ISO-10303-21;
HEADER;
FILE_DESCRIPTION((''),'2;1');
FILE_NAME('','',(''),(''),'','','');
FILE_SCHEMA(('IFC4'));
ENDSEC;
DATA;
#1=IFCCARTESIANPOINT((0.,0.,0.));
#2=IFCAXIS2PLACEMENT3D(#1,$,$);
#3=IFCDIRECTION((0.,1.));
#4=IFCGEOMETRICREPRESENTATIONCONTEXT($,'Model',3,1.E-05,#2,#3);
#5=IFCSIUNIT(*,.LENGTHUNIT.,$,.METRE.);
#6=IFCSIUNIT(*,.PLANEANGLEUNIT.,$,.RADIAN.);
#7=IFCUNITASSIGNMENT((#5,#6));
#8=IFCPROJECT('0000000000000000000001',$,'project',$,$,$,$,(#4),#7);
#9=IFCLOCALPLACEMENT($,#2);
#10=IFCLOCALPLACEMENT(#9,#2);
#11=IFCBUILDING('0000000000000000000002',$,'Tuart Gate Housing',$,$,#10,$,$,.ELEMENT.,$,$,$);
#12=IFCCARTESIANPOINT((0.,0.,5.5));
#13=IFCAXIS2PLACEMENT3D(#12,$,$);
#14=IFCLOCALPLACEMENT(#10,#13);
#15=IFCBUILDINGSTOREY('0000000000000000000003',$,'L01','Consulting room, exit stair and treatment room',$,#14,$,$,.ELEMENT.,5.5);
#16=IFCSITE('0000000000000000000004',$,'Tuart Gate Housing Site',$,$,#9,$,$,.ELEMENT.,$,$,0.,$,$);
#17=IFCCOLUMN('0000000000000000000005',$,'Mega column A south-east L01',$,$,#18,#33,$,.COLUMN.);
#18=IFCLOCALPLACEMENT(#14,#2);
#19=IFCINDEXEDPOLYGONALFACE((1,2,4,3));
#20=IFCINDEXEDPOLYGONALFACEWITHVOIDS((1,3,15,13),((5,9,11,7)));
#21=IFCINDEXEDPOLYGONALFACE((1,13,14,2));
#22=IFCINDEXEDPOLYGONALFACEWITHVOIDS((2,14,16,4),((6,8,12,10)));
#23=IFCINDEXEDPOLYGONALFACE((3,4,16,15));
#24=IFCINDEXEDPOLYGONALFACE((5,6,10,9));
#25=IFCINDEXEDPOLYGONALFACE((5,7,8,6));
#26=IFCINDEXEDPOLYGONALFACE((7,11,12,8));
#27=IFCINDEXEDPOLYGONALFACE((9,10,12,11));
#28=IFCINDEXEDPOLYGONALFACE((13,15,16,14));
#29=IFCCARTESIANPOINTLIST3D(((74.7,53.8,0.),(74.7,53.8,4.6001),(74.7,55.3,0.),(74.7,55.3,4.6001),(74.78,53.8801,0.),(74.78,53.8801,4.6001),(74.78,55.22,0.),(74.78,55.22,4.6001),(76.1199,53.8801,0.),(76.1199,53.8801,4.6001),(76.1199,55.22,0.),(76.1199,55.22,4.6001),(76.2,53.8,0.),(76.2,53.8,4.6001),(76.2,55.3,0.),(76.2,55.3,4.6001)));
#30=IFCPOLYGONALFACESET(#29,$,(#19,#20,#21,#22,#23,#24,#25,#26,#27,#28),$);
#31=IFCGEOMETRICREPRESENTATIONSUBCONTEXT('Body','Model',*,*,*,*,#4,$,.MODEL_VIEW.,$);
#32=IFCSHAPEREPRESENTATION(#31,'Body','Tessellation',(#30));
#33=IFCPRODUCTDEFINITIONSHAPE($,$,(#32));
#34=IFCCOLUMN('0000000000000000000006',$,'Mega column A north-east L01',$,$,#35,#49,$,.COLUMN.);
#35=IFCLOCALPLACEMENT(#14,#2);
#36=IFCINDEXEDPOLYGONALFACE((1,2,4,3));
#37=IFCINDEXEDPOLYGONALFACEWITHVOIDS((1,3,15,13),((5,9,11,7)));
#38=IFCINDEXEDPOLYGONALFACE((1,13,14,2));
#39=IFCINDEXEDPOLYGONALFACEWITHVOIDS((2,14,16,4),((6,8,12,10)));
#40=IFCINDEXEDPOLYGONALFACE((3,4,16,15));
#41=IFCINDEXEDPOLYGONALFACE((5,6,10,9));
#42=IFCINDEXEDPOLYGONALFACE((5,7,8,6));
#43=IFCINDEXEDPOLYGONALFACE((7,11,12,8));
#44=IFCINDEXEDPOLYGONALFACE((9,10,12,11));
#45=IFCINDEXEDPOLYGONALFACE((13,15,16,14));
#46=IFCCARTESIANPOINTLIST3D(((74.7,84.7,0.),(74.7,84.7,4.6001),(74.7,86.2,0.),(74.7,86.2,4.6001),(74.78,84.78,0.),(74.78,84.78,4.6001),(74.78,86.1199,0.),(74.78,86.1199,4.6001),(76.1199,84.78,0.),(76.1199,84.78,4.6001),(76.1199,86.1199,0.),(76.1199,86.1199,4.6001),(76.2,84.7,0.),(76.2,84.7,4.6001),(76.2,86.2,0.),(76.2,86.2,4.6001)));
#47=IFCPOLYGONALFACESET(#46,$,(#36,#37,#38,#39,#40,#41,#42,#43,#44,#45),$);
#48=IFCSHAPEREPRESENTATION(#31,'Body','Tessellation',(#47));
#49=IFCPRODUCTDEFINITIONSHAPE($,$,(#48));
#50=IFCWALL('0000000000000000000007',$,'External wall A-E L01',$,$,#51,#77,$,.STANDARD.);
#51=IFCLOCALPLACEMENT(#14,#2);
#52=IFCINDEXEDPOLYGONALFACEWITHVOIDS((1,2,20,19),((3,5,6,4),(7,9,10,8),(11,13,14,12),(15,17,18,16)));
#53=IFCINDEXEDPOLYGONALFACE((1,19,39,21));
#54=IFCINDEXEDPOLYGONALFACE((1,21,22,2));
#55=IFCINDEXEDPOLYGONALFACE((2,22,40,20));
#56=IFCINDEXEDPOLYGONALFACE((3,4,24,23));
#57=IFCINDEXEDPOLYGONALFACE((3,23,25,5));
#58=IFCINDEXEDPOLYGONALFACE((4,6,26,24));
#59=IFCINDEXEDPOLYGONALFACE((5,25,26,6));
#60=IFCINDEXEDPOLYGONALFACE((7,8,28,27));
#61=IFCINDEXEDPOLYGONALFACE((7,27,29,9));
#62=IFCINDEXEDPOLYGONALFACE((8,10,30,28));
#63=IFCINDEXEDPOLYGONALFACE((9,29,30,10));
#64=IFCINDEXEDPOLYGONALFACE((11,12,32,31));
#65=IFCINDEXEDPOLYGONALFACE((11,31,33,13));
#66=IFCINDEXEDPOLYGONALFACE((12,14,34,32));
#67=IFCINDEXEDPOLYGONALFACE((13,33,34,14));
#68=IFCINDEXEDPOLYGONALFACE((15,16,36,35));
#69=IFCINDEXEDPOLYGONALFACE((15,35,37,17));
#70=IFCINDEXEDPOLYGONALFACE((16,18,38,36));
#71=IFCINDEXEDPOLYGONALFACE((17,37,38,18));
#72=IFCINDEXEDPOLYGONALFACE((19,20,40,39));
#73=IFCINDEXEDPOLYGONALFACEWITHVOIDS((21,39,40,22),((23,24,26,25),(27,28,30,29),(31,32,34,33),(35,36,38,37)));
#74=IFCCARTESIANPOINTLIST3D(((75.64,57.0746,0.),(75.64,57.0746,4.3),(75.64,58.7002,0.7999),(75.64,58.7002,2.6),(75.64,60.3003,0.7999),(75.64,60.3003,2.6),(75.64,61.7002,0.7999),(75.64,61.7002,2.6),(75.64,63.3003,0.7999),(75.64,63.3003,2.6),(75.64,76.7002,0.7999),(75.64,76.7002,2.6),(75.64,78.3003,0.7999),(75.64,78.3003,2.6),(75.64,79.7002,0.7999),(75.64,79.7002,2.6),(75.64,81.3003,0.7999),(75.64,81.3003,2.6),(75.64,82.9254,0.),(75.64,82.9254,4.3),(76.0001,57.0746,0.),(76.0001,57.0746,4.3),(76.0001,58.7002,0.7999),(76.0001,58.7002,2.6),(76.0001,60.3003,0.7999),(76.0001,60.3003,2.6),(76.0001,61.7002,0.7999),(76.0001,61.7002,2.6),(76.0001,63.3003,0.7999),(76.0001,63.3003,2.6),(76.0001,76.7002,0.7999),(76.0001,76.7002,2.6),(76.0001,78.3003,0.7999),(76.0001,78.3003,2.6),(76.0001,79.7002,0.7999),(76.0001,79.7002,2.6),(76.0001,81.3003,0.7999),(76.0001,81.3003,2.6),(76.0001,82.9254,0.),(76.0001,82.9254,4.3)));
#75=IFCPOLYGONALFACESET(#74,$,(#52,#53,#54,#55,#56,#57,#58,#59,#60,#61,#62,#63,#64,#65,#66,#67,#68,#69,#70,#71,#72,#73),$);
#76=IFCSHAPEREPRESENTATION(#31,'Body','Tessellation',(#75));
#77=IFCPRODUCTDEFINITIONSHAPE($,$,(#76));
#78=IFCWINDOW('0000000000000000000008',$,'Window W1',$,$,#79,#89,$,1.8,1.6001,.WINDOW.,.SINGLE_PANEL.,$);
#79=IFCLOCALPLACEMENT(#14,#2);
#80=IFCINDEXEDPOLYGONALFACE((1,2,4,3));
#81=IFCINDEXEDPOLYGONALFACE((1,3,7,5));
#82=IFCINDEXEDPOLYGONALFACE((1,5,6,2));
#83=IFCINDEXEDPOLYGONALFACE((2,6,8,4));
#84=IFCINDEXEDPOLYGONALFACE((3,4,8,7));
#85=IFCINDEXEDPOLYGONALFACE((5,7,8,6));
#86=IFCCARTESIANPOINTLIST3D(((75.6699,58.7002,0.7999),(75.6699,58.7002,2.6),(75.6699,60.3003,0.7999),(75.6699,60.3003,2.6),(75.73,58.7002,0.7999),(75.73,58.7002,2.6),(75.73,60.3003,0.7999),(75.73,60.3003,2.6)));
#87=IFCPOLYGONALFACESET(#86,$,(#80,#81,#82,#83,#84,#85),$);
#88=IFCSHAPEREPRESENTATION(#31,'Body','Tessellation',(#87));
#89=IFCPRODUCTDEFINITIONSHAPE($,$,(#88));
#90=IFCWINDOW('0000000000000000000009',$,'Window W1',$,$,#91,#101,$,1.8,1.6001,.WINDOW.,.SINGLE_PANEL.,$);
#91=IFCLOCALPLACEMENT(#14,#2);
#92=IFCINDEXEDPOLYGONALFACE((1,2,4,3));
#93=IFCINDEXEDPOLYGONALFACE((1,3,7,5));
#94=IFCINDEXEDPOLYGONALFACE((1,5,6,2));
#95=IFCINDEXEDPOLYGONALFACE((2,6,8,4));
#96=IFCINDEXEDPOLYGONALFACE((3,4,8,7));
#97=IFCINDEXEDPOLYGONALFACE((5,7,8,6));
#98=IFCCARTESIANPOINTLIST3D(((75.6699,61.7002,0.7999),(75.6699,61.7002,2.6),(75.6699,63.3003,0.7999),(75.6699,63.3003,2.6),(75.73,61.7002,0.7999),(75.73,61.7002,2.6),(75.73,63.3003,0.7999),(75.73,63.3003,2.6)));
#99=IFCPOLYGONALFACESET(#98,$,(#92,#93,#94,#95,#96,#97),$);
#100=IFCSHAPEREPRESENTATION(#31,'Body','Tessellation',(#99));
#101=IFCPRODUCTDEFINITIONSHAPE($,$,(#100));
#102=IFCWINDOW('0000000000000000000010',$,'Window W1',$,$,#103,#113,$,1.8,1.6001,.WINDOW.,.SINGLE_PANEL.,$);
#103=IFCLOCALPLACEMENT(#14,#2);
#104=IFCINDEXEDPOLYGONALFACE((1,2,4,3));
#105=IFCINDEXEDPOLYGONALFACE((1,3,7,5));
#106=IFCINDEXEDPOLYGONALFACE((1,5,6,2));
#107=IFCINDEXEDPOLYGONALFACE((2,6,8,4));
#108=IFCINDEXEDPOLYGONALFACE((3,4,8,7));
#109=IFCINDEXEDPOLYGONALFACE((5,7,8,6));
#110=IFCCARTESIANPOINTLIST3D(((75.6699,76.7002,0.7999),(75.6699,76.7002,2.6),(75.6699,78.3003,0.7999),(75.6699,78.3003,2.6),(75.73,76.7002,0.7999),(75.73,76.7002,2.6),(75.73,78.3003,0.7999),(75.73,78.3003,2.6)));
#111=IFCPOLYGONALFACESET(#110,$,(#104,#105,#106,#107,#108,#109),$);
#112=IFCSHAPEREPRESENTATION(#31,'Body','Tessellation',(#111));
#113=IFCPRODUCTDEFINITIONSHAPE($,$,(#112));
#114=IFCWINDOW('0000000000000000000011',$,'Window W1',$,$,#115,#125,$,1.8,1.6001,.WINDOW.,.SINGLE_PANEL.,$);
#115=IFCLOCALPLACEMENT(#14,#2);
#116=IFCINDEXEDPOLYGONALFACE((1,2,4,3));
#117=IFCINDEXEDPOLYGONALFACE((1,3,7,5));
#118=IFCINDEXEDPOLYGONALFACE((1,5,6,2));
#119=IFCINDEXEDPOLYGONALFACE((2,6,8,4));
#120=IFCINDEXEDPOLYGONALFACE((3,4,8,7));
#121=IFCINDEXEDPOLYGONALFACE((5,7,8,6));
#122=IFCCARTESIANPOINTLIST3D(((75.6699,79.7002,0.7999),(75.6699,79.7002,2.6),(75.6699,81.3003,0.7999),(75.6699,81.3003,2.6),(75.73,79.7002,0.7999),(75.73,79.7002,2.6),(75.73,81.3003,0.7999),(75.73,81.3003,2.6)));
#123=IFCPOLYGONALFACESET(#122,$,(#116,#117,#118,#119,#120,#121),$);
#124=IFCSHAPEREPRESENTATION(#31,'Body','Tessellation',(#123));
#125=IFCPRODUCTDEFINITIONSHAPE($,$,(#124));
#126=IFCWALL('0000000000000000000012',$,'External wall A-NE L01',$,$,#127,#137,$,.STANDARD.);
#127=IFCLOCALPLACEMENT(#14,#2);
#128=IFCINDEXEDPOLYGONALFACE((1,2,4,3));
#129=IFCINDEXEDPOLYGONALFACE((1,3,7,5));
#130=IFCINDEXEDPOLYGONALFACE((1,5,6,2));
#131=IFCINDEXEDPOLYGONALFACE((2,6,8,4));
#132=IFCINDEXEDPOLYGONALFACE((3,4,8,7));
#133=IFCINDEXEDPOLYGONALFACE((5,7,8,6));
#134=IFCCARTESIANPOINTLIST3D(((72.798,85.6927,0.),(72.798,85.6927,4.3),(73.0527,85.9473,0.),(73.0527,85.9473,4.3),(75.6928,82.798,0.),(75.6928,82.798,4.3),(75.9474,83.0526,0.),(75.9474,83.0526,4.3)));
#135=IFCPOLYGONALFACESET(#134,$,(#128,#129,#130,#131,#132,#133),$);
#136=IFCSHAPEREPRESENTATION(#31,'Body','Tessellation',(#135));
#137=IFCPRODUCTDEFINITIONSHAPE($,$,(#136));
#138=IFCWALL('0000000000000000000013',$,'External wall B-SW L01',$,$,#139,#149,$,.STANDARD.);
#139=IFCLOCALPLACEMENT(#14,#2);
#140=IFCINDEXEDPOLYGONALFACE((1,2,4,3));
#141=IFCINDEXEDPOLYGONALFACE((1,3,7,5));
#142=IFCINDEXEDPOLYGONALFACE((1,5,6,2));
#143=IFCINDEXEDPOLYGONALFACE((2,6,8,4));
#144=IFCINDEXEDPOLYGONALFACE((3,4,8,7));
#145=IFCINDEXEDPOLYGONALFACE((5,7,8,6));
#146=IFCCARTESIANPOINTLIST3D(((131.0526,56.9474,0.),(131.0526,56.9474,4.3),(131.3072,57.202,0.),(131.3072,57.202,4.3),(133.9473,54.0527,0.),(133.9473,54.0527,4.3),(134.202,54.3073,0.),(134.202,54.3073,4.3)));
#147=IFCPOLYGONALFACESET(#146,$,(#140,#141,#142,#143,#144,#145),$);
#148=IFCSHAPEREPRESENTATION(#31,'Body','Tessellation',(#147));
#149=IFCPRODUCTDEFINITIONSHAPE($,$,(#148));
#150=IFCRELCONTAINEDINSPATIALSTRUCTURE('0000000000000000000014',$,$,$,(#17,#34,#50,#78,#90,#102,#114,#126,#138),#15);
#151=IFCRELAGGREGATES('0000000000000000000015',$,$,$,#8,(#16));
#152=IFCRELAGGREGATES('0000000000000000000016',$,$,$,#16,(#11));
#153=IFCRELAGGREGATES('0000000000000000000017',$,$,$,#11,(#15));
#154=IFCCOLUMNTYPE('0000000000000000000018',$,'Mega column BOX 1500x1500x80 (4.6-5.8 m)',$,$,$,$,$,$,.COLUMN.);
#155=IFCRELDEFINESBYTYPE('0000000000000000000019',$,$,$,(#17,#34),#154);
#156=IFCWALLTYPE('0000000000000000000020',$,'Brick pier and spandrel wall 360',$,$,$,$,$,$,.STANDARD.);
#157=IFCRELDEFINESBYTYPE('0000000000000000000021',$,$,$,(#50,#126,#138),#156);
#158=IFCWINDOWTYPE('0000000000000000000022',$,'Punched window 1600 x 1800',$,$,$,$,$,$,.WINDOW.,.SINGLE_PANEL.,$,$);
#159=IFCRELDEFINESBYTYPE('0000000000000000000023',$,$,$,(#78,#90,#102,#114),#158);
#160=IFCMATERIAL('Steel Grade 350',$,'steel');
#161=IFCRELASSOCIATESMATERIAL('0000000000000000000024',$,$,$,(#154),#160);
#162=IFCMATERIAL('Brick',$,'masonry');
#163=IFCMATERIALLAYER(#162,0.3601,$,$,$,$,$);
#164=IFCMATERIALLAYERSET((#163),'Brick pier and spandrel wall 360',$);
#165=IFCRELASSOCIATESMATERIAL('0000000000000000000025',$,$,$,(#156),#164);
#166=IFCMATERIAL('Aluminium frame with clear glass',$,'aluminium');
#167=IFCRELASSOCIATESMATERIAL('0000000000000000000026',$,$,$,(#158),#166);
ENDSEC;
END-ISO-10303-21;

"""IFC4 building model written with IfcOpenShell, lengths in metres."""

from ifc_helpers import new_model, si_unit, direction, frame, frame_2d, origin, origin_2d, place, context, subcontext, project, spatial, rectangle, hollow_rectangle, extrude, material, layer, layer_set, material_profile, profile_set, type_object, element, fill, save


model = new_model("IFC4")

# Units and contexts
model_context = context("Model", 3, precision=1e-05, world=origin(), true_north=direction((0.0, 1.0)))
body_context = subcontext(model_context, "Body", "Model", "MODEL_VIEW")
ifc_project = project(units=[si_unit("LENGTHUNIT", "METRE"), si_unit("PLANEANGLEUNIT", "RADIAN")], contexts=[model_context])

# Site, building, storey
site_placement = place(None, origin())
site = spatial("IfcSite", under=ifc_project, at=site_placement, Name="Tuart Gate Housing Site", CompositionType="ELEMENT", RefElevation=0.0)
building_placement = place(site_placement, origin())
building = spatial("IfcBuilding", under=site, at=building_placement, Name="Tuart Gate Housing", CompositionType="ELEMENT")
storey_placement = place(building_placement, frame((0.0, 0.0, 5.5)))
storey = spatial("IfcBuildingStorey", under=building, at=storey_placement, Name="L01", Description="Consulting room, exit stair and treatment room", CompositionType="ELEMENT", Elevation=5.5)

# Columns
ifc_material_1 = material(Name="Steel Grade 350", Category="steel")
ifc_material_profile = material_profile(ifc_material_1, hollow_rectangle(XDim=1.5, YDim=1.5, WallThickness=0.0801, at=origin_2d()), Name="BOX 1500x1500x80")
ifc_profile_set = profile_set([ifc_material_profile], Name="Steel Grade 350")
column_type = type_object("IfcColumnType", Name="Mega column BOX 1500x1500x80 (4.6-5.8 m)", PredefinedType="COLUMN", material=ifc_profile_set)
for number, where, z_axis, x_axis, name in (
    (1, (75.45, 54.55, 0.0), (0.0, 0.0, 1.0), (1.0, 0.0, 0.0), "Mega column A south-east L01"),
    (2, (75.45, 85.45, 0.0), (0.0, 0.0, 1.0), (1.0, 0.0, 0.0), "Mega column A north-east L01"),
):
    element("IfcColumn", number, at=place(storey_placement, frame(where, z_axis=z_axis, x_axis=x_axis)), inside=storey, type_object=column_type, Name=name, PredefinedType="COLUMN", context=body_context, shape_type="SweptSolid", body=[
        extrude(hollow_rectangle(XDim=1.5, YDim=1.5, WallThickness=0.0801, at=origin_2d()), origin(), (0.0, 0.0, 1.0), 4.6001),
    ])

# Wall, openings, windows
ifc_material_2 = material(Name="Brick", Category="masonry")
ifc_layer_1 = layer(ifc_material_2, 0.3601)
ifc_layer_set_1 = layer_set([ifc_layer_1], Name="Brick pier and spandrel wall 360")
wall_type_1 = type_object("IfcWallType", Name="Brick pier and spandrel wall 360", PredefinedType="STANDARD", material=ifc_layer_set_1)
wall_1_placement = place(storey_placement, frame((75.8201, 57.0747, 0.0), z_axis=(0.0, 0.0, 1.0), x_axis=(0.0, 1.0, 0.0)))
wall_1 = element("IfcWall", 3, at=wall_1_placement, inside=storey, type_object=wall_type_1, Name="External wall A-E L01", PredefinedType="STANDARD", context=body_context, shape_type="SweptSolid", body=[
    extrude(rectangle(XDim=25.8508, YDim=0.3601, at=frame_2d((12.9253, 0.0))), origin(), (0.0, 0.0, 1.0), 4.3),
])
opening_1_placement = place(wall_1_placement, frame((1.6255, 0.0, 0.8)))
opening_1 = element("IfcOpeningElement", 4, at=opening_1_placement, cuts=wall_1, PredefinedType="OPENING", context=body_context, shape_type="SweptSolid", body=[
    extrude(rectangle(XDim=1.6001, YDim=1.8, at=frame_2d((0.8, 0.8999))), frame((0.0, 0.1899, 0.0), z_axis=(0.0, -1.0, 0.0), x_axis=(1.0, 0.0, 0.0)), (0.0, 0.0, 1.0), 0.3801),
])
opening_2_placement = place(wall_1_placement, frame((4.6255, 0.0, 0.8)))
opening_2 = element("IfcOpeningElement", 5, at=opening_2_placement, cuts=wall_1, PredefinedType="OPENING", context=body_context, shape_type="SweptSolid", body=[
    extrude(rectangle(XDim=1.6001, YDim=1.8, at=frame_2d((0.8, 0.8999))), frame((0.0, 0.1899, 0.0), z_axis=(0.0, -1.0, 0.0), x_axis=(1.0, 0.0, 0.0)), (0.0, 0.0, 1.0), 0.3801),
])
opening_3_placement = place(wall_1_placement, frame((19.6255, 0.0, 0.8)))
opening_3 = element("IfcOpeningElement", 6, at=opening_3_placement, cuts=wall_1, PredefinedType="OPENING", context=body_context, shape_type="SweptSolid", body=[
    extrude(rectangle(XDim=1.6001, YDim=1.8, at=frame_2d((0.8, 0.8999))), frame((0.0, 0.1899, 0.0), z_axis=(0.0, -1.0, 0.0), x_axis=(1.0, 0.0, 0.0)), (0.0, 0.0, 1.0), 0.3801),
])
opening_4_placement = place(wall_1_placement, frame((22.6255, 0.0, 0.8)))
opening_4 = element("IfcOpeningElement", 7, at=opening_4_placement, cuts=wall_1, PredefinedType="OPENING", context=body_context, shape_type="SweptSolid", body=[
    extrude(rectangle(XDim=1.6001, YDim=1.8, at=frame_2d((0.8, 0.8999))), frame((0.0, 0.1899, 0.0), z_axis=(0.0, -1.0, 0.0), x_axis=(1.0, 0.0, 0.0)), (0.0, 0.0, 1.0), 0.3801),
])
ifc_material_3 = material(Name="Aluminium frame with clear glass", Category="aluminium")
window_type = type_object("IfcWindowType", Name="Punched window 1600 x 1800", PartitioningType="SINGLE_PANEL", PredefinedType="WINDOW", material=ifc_material_3)
window_1_placement = place(opening_1_placement, origin())
window_1 = element("IfcWindow", 8, at=window_1_placement, inside=storey, type_object=window_type, Name="Window W1", OverallHeight=1.8, OverallWidth=1.6001, PartitioningType="SINGLE_PANEL", PredefinedType="WINDOW", context=body_context, shape_type="SweptSolid", body=[
    extrude(rectangle(XDim=1.6001, YDim=1.8, at=frame_2d((0.8, 0.8999))), frame((0.0, 0.1501, 0.0), z_axis=(0.0, -1.0, 0.0), x_axis=(1.0, 0.0, 0.0)), (0.0, 0.0, 1.0), 0.0601),
])
fill(opening_1, window_1)
window_2_placement = place(opening_2_placement, origin())
window_2 = element("IfcWindow", 9, at=window_2_placement, inside=storey, type_object=window_type, Name="Window W1", OverallHeight=1.8, OverallWidth=1.6001, PartitioningType="SINGLE_PANEL", PredefinedType="WINDOW", context=body_context, shape_type="SweptSolid", body=[
    extrude(rectangle(XDim=1.6001, YDim=1.8, at=frame_2d((0.8, 0.8999))), frame((0.0, 0.1501, 0.0), z_axis=(0.0, -1.0, 0.0), x_axis=(1.0, 0.0, 0.0)), (0.0, 0.0, 1.0), 0.0601),
])
fill(opening_2, window_2)
window_3_placement = place(opening_3_placement, origin())
window_3 = element("IfcWindow", 10, at=window_3_placement, inside=storey, type_object=window_type, Name="Window W1", OverallHeight=1.8, OverallWidth=1.6001, PartitioningType="SINGLE_PANEL", PredefinedType="WINDOW", context=body_context, shape_type="SweptSolid", body=[
    extrude(rectangle(XDim=1.6001, YDim=1.8, at=frame_2d((0.8, 0.8999))), frame((0.0, 0.1501, 0.0), z_axis=(0.0, -1.0, 0.0), x_axis=(1.0, 0.0, 0.0)), (0.0, 0.0, 1.0), 0.0601),
])
fill(opening_3, window_3)
window_4_placement = place(opening_4_placement, origin())
window_4 = element("IfcWindow", 11, at=window_4_placement, inside=storey, type_object=window_type, Name="Window W1", OverallHeight=1.8, OverallWidth=1.6001, PartitioningType="SINGLE_PANEL", PredefinedType="WINDOW", context=body_context, shape_type="SweptSolid", body=[
    extrude(rectangle(XDim=1.6001, YDim=1.8, at=frame_2d((0.8, 0.8999))), frame((0.0, 0.1501, 0.0), z_axis=(0.0, -1.0, 0.0), x_axis=(1.0, 0.0, 0.0)), (0.0, 0.0, 1.0), 0.0601),
])
fill(opening_4, window_4)

# Walls
for number, where, z_axis, x_axis, name in (
    (12, (75.8201, 82.9253, 0.0), (0.0, 0.0, 1.0), (-0.707107, 0.707107, 0.0), "External wall A-NE L01"),
    (13, (131.1799, 57.0747, 0.0), (0.0, 0.0, 1.0), (0.707107, -0.707107, 0.0), "External wall B-SW L01"),
):
    element("IfcWall", number, at=place(storey_placement, frame(where, z_axis=z_axis, x_axis=x_axis)), inside=storey, type_object=wall_type_1, Name=name, PredefinedType="STANDARD", context=body_context, shape_type="SweptSolid", body=[
        extrude(rectangle(XDim=4.0938, YDim=0.3601, at=frame_2d((2.0469, 0.0))), origin(), (0.0, 0.0, 1.0), 4.3),
    ])

save(model, "model.ifc")
